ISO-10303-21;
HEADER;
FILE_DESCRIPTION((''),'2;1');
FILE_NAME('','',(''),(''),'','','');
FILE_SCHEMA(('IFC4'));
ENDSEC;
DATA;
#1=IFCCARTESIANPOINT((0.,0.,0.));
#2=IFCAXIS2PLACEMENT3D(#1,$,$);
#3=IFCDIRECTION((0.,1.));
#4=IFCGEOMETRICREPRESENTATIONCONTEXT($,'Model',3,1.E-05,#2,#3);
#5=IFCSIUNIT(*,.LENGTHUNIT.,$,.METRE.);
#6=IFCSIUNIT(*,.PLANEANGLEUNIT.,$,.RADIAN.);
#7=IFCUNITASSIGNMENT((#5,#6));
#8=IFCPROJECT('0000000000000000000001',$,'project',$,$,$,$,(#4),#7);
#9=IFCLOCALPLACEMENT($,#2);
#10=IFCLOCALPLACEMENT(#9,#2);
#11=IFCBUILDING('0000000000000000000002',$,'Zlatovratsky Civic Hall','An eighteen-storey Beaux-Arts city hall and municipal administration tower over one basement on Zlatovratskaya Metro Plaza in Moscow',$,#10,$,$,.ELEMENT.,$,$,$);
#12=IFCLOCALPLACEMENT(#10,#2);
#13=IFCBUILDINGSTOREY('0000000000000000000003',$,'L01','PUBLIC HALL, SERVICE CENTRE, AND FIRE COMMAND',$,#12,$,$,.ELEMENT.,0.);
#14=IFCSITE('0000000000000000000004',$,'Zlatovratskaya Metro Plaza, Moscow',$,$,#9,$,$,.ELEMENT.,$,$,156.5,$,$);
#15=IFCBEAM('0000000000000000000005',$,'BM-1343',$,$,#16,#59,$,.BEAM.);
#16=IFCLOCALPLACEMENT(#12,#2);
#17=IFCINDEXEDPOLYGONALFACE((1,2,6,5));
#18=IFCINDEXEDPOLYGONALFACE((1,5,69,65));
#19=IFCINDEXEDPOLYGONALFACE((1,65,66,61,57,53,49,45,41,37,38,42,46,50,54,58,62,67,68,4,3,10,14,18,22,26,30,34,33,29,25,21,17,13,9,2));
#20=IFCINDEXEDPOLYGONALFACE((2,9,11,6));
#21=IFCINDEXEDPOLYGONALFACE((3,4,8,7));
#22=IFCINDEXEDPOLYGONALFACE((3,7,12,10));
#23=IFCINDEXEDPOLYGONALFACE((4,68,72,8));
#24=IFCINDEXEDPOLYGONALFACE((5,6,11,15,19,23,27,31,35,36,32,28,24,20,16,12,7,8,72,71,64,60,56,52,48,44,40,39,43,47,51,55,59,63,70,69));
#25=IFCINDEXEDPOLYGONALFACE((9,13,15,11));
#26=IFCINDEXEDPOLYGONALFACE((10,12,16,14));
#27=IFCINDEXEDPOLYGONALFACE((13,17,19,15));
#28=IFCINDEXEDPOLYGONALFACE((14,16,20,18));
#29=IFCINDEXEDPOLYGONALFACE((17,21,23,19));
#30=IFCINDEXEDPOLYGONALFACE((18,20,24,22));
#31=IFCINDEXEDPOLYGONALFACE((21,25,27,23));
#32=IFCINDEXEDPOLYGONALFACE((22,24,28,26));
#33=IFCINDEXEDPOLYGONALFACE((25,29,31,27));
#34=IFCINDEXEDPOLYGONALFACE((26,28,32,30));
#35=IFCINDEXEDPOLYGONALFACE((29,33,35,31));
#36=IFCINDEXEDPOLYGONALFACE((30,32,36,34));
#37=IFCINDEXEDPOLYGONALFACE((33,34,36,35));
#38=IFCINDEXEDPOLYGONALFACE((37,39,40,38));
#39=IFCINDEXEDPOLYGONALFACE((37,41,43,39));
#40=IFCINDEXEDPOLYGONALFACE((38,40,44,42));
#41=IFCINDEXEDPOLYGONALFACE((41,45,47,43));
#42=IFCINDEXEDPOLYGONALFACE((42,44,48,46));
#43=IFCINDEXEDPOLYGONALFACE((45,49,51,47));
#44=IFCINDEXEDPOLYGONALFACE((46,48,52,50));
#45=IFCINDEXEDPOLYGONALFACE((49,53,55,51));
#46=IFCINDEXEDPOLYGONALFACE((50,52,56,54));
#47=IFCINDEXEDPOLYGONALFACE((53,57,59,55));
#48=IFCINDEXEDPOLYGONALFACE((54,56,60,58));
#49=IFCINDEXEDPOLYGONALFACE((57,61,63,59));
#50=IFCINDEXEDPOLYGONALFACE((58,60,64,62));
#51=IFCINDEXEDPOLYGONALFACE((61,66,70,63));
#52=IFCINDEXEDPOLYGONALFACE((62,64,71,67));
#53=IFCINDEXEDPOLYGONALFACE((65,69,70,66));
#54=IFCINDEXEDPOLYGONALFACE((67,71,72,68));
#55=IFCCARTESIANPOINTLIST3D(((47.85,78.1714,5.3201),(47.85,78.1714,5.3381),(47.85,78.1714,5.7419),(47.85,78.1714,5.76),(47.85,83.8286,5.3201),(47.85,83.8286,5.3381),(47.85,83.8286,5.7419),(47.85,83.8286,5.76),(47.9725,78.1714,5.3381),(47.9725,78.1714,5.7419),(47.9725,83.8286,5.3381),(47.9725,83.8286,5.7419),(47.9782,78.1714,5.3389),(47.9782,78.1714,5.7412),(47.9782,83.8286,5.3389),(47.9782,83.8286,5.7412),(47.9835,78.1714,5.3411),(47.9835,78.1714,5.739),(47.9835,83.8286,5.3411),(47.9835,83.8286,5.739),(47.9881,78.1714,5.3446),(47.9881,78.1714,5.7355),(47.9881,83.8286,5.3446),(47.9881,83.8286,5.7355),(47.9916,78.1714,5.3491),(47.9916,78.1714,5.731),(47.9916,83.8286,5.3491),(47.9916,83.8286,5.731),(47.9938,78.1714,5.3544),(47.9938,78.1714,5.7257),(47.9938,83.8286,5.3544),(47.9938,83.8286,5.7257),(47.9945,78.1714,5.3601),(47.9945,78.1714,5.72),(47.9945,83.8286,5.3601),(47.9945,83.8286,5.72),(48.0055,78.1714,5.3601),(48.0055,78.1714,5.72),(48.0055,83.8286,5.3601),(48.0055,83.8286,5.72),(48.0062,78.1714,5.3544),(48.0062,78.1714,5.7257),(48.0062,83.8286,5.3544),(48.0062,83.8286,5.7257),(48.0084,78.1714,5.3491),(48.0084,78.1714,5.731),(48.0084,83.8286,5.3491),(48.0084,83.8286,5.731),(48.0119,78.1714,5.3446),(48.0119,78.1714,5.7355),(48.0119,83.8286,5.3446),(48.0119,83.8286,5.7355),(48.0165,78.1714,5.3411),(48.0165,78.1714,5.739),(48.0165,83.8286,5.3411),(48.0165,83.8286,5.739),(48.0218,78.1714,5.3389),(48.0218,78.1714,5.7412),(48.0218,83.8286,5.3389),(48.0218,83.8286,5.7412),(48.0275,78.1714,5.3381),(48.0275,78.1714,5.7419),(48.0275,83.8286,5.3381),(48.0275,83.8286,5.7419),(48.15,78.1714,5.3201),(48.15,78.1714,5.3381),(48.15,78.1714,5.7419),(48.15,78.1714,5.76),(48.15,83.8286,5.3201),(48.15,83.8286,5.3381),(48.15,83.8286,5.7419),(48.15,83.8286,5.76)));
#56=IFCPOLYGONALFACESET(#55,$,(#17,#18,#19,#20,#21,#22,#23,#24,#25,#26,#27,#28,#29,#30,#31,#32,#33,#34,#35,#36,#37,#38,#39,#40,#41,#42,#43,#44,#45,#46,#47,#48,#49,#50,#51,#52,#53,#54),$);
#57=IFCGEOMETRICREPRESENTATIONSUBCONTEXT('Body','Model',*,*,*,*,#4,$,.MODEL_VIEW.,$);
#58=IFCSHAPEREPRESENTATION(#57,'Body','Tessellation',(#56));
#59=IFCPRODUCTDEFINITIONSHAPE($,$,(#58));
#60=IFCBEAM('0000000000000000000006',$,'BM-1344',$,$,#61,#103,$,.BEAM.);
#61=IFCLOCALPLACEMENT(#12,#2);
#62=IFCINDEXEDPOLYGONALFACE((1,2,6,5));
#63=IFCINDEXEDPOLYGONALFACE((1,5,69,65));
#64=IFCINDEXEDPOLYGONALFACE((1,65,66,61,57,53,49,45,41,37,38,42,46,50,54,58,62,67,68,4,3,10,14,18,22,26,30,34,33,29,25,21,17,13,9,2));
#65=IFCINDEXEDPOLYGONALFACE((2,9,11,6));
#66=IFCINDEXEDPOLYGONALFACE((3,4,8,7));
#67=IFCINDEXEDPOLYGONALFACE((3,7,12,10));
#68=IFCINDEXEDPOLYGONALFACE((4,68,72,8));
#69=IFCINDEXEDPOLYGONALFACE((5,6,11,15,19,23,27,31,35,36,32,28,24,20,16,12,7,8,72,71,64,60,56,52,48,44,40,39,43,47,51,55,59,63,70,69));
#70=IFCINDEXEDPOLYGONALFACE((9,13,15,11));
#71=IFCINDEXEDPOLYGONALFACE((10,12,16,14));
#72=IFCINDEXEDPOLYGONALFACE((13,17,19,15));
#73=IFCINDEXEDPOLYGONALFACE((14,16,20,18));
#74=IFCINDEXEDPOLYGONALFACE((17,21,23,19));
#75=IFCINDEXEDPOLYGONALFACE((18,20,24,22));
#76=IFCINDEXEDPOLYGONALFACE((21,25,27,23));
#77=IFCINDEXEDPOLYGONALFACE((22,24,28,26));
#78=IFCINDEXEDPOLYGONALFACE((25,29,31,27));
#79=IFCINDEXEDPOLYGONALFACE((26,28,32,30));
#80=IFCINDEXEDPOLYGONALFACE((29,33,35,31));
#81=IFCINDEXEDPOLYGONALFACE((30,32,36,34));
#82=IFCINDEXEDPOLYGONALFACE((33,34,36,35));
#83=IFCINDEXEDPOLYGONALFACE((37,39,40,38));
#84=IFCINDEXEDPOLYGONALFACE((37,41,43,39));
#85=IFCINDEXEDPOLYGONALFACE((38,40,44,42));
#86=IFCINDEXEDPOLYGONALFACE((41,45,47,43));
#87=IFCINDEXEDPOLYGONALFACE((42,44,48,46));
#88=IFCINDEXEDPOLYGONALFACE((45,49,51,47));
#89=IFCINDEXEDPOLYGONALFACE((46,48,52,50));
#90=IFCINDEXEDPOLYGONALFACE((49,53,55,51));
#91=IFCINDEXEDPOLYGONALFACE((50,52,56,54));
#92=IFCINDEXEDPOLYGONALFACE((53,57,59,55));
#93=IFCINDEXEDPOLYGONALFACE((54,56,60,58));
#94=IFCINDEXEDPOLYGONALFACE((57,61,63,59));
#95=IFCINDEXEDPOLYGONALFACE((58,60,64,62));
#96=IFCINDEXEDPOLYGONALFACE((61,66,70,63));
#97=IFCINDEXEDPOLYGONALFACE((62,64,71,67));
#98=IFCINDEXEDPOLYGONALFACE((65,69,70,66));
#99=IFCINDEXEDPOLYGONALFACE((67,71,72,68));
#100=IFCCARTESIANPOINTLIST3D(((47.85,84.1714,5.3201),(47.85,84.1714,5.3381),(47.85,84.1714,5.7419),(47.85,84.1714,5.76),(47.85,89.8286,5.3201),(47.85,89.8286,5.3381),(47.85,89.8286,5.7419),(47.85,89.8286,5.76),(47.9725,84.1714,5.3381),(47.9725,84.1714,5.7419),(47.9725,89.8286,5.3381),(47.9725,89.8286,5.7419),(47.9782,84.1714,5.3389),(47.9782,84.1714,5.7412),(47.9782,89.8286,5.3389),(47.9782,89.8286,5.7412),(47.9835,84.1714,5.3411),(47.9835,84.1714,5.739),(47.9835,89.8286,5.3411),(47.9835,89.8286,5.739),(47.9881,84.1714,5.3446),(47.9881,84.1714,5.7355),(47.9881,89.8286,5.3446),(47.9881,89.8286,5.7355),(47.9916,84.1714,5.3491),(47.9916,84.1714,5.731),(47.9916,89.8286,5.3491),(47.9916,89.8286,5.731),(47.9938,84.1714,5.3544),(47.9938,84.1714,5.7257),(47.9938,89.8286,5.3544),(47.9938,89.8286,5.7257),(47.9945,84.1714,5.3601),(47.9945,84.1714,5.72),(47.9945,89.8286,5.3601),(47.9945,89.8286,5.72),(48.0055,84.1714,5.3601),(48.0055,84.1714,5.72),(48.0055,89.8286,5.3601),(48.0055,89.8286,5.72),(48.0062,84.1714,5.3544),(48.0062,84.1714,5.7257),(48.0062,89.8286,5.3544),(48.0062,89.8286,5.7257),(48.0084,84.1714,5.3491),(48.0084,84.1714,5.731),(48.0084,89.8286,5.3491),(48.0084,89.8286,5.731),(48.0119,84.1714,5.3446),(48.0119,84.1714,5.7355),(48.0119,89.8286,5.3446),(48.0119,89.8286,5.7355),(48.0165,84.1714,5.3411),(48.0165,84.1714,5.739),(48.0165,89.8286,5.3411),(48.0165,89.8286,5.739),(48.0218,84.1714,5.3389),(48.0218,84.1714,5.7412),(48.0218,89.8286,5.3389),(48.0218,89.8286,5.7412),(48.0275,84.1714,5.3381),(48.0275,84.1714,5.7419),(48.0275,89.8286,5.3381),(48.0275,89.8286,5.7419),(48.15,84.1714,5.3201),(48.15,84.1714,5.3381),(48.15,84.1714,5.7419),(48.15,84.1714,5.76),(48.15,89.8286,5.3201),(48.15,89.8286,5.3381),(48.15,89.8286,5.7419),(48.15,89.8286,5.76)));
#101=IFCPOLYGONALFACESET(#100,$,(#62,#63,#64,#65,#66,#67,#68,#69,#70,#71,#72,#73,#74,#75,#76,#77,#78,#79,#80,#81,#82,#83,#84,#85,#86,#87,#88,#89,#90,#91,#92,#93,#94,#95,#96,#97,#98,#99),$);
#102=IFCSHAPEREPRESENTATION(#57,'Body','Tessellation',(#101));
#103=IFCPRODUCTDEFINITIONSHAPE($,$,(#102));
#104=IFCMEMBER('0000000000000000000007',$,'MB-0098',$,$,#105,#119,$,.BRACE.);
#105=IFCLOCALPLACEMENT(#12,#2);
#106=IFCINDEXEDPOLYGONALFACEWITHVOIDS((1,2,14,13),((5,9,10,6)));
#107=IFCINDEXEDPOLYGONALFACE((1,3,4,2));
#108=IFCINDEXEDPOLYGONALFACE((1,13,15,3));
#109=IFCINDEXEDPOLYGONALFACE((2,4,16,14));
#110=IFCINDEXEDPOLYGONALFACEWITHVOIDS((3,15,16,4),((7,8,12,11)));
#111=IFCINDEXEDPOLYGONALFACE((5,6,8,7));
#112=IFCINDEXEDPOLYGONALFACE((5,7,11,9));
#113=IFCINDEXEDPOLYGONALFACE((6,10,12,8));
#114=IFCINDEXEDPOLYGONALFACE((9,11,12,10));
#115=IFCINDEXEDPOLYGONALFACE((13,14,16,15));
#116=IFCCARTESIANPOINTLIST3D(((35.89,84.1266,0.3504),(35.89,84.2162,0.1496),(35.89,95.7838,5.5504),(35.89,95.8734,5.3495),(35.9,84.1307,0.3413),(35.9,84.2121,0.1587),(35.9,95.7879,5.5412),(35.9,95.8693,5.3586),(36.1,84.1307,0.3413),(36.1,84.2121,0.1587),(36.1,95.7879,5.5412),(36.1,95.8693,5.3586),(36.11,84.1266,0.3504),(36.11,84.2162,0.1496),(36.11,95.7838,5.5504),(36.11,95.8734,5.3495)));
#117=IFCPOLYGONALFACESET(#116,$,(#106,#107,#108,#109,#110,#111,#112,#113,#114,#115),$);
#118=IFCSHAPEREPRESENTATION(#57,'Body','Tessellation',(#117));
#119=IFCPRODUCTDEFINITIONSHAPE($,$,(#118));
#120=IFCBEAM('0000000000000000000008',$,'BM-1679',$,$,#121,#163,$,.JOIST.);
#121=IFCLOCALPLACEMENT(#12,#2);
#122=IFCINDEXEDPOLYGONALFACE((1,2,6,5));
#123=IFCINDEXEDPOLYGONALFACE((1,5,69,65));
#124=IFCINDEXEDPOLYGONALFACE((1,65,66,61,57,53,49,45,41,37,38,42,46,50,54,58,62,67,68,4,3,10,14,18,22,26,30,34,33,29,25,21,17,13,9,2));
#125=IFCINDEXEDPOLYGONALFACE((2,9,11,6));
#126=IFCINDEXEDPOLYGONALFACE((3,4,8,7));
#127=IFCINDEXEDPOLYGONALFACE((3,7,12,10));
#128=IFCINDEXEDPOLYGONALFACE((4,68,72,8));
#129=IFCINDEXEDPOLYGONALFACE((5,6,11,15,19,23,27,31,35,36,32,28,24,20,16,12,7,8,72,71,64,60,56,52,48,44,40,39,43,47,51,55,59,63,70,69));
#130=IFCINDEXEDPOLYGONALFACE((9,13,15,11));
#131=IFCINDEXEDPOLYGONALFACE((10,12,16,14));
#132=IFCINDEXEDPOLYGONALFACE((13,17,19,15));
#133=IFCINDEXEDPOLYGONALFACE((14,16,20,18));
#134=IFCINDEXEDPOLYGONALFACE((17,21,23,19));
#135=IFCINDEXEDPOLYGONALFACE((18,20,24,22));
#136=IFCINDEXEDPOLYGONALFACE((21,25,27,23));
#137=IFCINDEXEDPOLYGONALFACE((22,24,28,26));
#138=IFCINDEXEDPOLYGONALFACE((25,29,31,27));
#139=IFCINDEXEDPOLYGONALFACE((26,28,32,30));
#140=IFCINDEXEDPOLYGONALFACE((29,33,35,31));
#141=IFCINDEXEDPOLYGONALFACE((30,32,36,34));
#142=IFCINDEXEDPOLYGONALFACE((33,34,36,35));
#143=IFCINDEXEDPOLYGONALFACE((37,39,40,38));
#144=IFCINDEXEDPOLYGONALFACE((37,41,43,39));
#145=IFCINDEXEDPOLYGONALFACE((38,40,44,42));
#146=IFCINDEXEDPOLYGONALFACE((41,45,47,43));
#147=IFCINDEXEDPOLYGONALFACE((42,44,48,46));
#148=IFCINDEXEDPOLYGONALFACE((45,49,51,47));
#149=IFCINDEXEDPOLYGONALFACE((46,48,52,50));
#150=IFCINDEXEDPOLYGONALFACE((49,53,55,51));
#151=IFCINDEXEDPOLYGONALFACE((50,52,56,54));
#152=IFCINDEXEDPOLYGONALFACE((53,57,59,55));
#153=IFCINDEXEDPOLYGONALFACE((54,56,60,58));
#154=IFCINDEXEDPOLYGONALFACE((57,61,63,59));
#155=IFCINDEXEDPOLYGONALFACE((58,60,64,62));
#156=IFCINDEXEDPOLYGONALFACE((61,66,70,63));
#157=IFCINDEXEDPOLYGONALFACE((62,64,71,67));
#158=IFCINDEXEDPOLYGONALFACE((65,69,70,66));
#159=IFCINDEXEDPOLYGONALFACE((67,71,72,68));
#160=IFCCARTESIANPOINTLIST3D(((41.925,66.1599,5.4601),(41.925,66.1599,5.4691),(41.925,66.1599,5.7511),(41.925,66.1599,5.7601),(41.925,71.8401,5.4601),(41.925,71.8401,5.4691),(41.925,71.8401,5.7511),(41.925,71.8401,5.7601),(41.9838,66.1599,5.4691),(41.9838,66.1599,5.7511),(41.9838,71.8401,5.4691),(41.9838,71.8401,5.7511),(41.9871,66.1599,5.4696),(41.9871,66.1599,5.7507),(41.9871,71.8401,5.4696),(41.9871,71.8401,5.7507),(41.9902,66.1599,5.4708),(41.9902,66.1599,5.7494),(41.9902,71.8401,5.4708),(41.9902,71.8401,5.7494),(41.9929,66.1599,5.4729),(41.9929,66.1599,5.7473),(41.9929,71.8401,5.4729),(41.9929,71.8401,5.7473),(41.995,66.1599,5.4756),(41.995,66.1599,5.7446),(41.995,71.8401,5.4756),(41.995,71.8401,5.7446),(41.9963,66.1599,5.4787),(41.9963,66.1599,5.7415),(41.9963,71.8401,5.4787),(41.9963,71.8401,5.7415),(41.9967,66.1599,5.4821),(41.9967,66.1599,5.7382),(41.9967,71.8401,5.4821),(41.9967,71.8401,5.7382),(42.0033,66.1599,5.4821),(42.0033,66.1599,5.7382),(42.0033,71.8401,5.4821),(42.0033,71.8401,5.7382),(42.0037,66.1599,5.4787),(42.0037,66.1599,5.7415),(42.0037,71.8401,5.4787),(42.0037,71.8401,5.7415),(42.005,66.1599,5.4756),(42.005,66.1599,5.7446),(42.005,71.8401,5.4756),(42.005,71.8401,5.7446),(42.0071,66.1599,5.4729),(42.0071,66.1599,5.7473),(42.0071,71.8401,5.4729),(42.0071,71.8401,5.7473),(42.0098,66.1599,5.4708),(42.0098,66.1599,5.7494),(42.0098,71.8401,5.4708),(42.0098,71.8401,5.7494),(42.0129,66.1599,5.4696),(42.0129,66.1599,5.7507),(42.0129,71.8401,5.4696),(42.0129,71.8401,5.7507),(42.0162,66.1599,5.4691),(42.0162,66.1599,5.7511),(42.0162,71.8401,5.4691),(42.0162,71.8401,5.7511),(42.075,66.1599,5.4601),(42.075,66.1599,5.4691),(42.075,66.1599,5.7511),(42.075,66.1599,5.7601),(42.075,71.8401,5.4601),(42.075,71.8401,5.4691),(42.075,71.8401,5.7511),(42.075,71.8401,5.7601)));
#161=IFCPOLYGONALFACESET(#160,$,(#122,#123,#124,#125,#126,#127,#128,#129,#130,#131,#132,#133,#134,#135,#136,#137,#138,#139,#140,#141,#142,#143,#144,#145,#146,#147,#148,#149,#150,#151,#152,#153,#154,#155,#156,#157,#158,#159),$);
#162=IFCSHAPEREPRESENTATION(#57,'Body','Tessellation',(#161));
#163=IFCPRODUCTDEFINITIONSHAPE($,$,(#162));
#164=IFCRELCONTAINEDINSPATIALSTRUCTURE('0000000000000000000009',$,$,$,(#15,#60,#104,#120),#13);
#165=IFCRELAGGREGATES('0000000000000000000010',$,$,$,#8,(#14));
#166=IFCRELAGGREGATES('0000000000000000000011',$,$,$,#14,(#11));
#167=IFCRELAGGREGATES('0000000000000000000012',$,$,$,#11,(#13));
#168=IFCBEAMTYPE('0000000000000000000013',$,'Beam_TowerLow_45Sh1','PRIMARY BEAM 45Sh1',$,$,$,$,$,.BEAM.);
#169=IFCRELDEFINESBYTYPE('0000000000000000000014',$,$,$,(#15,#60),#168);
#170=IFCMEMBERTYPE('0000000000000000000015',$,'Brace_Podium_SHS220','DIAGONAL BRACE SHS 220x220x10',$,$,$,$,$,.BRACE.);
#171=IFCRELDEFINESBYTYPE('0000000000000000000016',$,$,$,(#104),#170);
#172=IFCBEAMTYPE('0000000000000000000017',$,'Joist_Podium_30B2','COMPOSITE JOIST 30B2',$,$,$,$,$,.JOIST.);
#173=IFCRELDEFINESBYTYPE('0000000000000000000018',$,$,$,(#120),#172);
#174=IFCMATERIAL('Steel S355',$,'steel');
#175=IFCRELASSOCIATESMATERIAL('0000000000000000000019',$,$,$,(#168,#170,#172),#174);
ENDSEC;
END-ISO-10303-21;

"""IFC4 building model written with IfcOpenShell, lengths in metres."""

from ifc_helpers import new_model, si_unit, direction, frame, origin, origin_2d, place, context, subcontext, project, spatial, hollow_rectangle, i_section, extrude, material, material_profile, profile_set, type_object, element, save


model = new_model("IFC4")

# Units and contexts
model_context = context("Model", 3, precision=1e-05, world=origin(), true_north=direction((0.0, 1.0)))
body_context = subcontext(model_context, "Body", "Model", "MODEL_VIEW")
ifc_project = project(units=[si_unit("LENGTHUNIT", "METRE"), si_unit("PLANEANGLEUNIT", "RADIAN")], contexts=[model_context])

# Site, building, storey
site_placement = place(None, origin())
site = spatial("IfcSite", under=ifc_project, at=site_placement, Name="Zlatovratskaya Metro Plaza, Moscow", CompositionType="ELEMENT", RefElevation=156.5)
building_placement = place(site_placement, origin())
building = spatial("IfcBuilding", under=site, at=building_placement, Name="Zlatovratsky Civic Hall", Description="An eighteen-storey Beaux-Arts city hall and municipal administration tower over one basement on Zlatovratskaya Metro Plaza in Moscow", CompositionType="ELEMENT")
storey_placement = place(building_placement, origin())
storey = spatial("IfcBuildingStorey", under=building, at=storey_placement, Name="L01", Description="PUBLIC HALL, SERVICE CENTRE, AND FIRE COMMAND", CompositionType="ELEMENT", Elevation=0.0)

# Shared definitions
ifc_material_1 = material(Name="Steel S355", Category="steel")

# Beams
ifc_material_profile_1 = material_profile(ifc_material_1, i_section(OverallWidth=0.3, OverallDepth=0.4399, WebThickness=0.011, FlangeThickness=0.0181, FilletRadius=0.022, at=origin_2d()), Name="45Sh1")
ifc_profile_set_1 = profile_set([ifc_material_profile_1], Name="Steel S355")
beam_type_1 = type_object("IfcBeamType", Name="Beam_TowerLow_45Sh1", Description="PRIMARY BEAM 45Sh1", PredefinedType="BEAM", material=ifc_profile_set_1)
for number, where, z_axis, x_axis, name in (
    (1, (48.0, 78.1714, 5.54), (0.0, 1.0, 0.0), (-1.0, 0.0, 0.0), "BM-1343"),
    (2, (48.0, 84.1714, 5.54), (0.0, 1.0, 0.0), (-1.0, 0.0, 0.0), "BM-1344"),
):
    element("IfcBeam", number, at=place(storey_placement, frame(where, z_axis=z_axis, x_axis=x_axis)), inside=storey, type_object=beam_type_1, Name=name, PredefinedType="BEAM", context=body_context, shape_type="SweptSolid", body=[
        extrude(i_section(OverallWidth=0.3, OverallDepth=0.4399, WebThickness=0.011, FlangeThickness=0.0181, FilletRadius=0.022, at=origin_2d()), origin(), (0.0, 0.0, 1.0), 5.6572),
    ])

# Member
ifc_material_profile_2 = material_profile(ifc_material_1, hollow_rectangle(XDim=0.22, YDim=0.22, WallThickness=0.01, at=origin_2d()), Name="SHS 220x220x10")
ifc_profile_set_2 = profile_set([ifc_material_profile_2], Name="Steel S355")
member_type = type_object("IfcMemberType", Name="Brace_Podium_SHS220", Description="DIAGONAL BRACE SHS 220x220x10", PredefinedType="BRACE", material=ifc_profile_set_2)
member_placement = place(storey_placement, frame((36.0, 84.1714, 0.25), z_axis=(0.0, 0.913259, 0.407379), x_axis=(-1.0, 0.0, 0.0)))
element("IfcMember", 3, at=member_placement, inside=storey, type_object=member_type, Name="MB-0098", PredefinedType="BRACE", context=body_context, shape_type="SweptSolid", body=[
    extrude(hollow_rectangle(XDim=0.22, YDim=0.22, WallThickness=0.01, at=origin_2d()), origin(), (0.0, 0.0, 1.0), 12.7644),
])

# Beam
ifc_material_profile_3 = material_profile(ifc_material_1, i_section(OverallWidth=0.1499, OverallDepth=0.3, WebThickness=0.0066, FlangeThickness=0.009, FilletRadius=0.0129, at=origin_2d()), Name="30B2")
ifc_profile_set_3 = profile_set([ifc_material_profile_3], Name="Steel S355")
beam_type_2 = type_object("IfcBeamType", Name="Joist_Podium_30B2", Description="COMPOSITE JOIST 30B2", PredefinedType="JOIST", material=ifc_profile_set_3)
for number, where, z_axis, x_axis, name in (
    (4, (42.0, 66.1599, 5.6101), (0.0, 1.0, 0.0), (-1.0, 0.0, 0.0), "BM-1679"),
):
    element("IfcBeam", number, at=place(storey_placement, frame(where, z_axis=z_axis, x_axis=x_axis)), inside=storey, type_object=beam_type_2, Name=name, PredefinedType="JOIST", context=body_context, shape_type="SweptSolid", body=[
        extrude(i_section(OverallWidth=0.1499, OverallDepth=0.3, WebThickness=0.0066, FlangeThickness=0.009, FilletRadius=0.0129, at=origin_2d()), origin(), (0.0, 0.0, 1.0), 5.6802),
    ])

save(model, "model.ifc")
